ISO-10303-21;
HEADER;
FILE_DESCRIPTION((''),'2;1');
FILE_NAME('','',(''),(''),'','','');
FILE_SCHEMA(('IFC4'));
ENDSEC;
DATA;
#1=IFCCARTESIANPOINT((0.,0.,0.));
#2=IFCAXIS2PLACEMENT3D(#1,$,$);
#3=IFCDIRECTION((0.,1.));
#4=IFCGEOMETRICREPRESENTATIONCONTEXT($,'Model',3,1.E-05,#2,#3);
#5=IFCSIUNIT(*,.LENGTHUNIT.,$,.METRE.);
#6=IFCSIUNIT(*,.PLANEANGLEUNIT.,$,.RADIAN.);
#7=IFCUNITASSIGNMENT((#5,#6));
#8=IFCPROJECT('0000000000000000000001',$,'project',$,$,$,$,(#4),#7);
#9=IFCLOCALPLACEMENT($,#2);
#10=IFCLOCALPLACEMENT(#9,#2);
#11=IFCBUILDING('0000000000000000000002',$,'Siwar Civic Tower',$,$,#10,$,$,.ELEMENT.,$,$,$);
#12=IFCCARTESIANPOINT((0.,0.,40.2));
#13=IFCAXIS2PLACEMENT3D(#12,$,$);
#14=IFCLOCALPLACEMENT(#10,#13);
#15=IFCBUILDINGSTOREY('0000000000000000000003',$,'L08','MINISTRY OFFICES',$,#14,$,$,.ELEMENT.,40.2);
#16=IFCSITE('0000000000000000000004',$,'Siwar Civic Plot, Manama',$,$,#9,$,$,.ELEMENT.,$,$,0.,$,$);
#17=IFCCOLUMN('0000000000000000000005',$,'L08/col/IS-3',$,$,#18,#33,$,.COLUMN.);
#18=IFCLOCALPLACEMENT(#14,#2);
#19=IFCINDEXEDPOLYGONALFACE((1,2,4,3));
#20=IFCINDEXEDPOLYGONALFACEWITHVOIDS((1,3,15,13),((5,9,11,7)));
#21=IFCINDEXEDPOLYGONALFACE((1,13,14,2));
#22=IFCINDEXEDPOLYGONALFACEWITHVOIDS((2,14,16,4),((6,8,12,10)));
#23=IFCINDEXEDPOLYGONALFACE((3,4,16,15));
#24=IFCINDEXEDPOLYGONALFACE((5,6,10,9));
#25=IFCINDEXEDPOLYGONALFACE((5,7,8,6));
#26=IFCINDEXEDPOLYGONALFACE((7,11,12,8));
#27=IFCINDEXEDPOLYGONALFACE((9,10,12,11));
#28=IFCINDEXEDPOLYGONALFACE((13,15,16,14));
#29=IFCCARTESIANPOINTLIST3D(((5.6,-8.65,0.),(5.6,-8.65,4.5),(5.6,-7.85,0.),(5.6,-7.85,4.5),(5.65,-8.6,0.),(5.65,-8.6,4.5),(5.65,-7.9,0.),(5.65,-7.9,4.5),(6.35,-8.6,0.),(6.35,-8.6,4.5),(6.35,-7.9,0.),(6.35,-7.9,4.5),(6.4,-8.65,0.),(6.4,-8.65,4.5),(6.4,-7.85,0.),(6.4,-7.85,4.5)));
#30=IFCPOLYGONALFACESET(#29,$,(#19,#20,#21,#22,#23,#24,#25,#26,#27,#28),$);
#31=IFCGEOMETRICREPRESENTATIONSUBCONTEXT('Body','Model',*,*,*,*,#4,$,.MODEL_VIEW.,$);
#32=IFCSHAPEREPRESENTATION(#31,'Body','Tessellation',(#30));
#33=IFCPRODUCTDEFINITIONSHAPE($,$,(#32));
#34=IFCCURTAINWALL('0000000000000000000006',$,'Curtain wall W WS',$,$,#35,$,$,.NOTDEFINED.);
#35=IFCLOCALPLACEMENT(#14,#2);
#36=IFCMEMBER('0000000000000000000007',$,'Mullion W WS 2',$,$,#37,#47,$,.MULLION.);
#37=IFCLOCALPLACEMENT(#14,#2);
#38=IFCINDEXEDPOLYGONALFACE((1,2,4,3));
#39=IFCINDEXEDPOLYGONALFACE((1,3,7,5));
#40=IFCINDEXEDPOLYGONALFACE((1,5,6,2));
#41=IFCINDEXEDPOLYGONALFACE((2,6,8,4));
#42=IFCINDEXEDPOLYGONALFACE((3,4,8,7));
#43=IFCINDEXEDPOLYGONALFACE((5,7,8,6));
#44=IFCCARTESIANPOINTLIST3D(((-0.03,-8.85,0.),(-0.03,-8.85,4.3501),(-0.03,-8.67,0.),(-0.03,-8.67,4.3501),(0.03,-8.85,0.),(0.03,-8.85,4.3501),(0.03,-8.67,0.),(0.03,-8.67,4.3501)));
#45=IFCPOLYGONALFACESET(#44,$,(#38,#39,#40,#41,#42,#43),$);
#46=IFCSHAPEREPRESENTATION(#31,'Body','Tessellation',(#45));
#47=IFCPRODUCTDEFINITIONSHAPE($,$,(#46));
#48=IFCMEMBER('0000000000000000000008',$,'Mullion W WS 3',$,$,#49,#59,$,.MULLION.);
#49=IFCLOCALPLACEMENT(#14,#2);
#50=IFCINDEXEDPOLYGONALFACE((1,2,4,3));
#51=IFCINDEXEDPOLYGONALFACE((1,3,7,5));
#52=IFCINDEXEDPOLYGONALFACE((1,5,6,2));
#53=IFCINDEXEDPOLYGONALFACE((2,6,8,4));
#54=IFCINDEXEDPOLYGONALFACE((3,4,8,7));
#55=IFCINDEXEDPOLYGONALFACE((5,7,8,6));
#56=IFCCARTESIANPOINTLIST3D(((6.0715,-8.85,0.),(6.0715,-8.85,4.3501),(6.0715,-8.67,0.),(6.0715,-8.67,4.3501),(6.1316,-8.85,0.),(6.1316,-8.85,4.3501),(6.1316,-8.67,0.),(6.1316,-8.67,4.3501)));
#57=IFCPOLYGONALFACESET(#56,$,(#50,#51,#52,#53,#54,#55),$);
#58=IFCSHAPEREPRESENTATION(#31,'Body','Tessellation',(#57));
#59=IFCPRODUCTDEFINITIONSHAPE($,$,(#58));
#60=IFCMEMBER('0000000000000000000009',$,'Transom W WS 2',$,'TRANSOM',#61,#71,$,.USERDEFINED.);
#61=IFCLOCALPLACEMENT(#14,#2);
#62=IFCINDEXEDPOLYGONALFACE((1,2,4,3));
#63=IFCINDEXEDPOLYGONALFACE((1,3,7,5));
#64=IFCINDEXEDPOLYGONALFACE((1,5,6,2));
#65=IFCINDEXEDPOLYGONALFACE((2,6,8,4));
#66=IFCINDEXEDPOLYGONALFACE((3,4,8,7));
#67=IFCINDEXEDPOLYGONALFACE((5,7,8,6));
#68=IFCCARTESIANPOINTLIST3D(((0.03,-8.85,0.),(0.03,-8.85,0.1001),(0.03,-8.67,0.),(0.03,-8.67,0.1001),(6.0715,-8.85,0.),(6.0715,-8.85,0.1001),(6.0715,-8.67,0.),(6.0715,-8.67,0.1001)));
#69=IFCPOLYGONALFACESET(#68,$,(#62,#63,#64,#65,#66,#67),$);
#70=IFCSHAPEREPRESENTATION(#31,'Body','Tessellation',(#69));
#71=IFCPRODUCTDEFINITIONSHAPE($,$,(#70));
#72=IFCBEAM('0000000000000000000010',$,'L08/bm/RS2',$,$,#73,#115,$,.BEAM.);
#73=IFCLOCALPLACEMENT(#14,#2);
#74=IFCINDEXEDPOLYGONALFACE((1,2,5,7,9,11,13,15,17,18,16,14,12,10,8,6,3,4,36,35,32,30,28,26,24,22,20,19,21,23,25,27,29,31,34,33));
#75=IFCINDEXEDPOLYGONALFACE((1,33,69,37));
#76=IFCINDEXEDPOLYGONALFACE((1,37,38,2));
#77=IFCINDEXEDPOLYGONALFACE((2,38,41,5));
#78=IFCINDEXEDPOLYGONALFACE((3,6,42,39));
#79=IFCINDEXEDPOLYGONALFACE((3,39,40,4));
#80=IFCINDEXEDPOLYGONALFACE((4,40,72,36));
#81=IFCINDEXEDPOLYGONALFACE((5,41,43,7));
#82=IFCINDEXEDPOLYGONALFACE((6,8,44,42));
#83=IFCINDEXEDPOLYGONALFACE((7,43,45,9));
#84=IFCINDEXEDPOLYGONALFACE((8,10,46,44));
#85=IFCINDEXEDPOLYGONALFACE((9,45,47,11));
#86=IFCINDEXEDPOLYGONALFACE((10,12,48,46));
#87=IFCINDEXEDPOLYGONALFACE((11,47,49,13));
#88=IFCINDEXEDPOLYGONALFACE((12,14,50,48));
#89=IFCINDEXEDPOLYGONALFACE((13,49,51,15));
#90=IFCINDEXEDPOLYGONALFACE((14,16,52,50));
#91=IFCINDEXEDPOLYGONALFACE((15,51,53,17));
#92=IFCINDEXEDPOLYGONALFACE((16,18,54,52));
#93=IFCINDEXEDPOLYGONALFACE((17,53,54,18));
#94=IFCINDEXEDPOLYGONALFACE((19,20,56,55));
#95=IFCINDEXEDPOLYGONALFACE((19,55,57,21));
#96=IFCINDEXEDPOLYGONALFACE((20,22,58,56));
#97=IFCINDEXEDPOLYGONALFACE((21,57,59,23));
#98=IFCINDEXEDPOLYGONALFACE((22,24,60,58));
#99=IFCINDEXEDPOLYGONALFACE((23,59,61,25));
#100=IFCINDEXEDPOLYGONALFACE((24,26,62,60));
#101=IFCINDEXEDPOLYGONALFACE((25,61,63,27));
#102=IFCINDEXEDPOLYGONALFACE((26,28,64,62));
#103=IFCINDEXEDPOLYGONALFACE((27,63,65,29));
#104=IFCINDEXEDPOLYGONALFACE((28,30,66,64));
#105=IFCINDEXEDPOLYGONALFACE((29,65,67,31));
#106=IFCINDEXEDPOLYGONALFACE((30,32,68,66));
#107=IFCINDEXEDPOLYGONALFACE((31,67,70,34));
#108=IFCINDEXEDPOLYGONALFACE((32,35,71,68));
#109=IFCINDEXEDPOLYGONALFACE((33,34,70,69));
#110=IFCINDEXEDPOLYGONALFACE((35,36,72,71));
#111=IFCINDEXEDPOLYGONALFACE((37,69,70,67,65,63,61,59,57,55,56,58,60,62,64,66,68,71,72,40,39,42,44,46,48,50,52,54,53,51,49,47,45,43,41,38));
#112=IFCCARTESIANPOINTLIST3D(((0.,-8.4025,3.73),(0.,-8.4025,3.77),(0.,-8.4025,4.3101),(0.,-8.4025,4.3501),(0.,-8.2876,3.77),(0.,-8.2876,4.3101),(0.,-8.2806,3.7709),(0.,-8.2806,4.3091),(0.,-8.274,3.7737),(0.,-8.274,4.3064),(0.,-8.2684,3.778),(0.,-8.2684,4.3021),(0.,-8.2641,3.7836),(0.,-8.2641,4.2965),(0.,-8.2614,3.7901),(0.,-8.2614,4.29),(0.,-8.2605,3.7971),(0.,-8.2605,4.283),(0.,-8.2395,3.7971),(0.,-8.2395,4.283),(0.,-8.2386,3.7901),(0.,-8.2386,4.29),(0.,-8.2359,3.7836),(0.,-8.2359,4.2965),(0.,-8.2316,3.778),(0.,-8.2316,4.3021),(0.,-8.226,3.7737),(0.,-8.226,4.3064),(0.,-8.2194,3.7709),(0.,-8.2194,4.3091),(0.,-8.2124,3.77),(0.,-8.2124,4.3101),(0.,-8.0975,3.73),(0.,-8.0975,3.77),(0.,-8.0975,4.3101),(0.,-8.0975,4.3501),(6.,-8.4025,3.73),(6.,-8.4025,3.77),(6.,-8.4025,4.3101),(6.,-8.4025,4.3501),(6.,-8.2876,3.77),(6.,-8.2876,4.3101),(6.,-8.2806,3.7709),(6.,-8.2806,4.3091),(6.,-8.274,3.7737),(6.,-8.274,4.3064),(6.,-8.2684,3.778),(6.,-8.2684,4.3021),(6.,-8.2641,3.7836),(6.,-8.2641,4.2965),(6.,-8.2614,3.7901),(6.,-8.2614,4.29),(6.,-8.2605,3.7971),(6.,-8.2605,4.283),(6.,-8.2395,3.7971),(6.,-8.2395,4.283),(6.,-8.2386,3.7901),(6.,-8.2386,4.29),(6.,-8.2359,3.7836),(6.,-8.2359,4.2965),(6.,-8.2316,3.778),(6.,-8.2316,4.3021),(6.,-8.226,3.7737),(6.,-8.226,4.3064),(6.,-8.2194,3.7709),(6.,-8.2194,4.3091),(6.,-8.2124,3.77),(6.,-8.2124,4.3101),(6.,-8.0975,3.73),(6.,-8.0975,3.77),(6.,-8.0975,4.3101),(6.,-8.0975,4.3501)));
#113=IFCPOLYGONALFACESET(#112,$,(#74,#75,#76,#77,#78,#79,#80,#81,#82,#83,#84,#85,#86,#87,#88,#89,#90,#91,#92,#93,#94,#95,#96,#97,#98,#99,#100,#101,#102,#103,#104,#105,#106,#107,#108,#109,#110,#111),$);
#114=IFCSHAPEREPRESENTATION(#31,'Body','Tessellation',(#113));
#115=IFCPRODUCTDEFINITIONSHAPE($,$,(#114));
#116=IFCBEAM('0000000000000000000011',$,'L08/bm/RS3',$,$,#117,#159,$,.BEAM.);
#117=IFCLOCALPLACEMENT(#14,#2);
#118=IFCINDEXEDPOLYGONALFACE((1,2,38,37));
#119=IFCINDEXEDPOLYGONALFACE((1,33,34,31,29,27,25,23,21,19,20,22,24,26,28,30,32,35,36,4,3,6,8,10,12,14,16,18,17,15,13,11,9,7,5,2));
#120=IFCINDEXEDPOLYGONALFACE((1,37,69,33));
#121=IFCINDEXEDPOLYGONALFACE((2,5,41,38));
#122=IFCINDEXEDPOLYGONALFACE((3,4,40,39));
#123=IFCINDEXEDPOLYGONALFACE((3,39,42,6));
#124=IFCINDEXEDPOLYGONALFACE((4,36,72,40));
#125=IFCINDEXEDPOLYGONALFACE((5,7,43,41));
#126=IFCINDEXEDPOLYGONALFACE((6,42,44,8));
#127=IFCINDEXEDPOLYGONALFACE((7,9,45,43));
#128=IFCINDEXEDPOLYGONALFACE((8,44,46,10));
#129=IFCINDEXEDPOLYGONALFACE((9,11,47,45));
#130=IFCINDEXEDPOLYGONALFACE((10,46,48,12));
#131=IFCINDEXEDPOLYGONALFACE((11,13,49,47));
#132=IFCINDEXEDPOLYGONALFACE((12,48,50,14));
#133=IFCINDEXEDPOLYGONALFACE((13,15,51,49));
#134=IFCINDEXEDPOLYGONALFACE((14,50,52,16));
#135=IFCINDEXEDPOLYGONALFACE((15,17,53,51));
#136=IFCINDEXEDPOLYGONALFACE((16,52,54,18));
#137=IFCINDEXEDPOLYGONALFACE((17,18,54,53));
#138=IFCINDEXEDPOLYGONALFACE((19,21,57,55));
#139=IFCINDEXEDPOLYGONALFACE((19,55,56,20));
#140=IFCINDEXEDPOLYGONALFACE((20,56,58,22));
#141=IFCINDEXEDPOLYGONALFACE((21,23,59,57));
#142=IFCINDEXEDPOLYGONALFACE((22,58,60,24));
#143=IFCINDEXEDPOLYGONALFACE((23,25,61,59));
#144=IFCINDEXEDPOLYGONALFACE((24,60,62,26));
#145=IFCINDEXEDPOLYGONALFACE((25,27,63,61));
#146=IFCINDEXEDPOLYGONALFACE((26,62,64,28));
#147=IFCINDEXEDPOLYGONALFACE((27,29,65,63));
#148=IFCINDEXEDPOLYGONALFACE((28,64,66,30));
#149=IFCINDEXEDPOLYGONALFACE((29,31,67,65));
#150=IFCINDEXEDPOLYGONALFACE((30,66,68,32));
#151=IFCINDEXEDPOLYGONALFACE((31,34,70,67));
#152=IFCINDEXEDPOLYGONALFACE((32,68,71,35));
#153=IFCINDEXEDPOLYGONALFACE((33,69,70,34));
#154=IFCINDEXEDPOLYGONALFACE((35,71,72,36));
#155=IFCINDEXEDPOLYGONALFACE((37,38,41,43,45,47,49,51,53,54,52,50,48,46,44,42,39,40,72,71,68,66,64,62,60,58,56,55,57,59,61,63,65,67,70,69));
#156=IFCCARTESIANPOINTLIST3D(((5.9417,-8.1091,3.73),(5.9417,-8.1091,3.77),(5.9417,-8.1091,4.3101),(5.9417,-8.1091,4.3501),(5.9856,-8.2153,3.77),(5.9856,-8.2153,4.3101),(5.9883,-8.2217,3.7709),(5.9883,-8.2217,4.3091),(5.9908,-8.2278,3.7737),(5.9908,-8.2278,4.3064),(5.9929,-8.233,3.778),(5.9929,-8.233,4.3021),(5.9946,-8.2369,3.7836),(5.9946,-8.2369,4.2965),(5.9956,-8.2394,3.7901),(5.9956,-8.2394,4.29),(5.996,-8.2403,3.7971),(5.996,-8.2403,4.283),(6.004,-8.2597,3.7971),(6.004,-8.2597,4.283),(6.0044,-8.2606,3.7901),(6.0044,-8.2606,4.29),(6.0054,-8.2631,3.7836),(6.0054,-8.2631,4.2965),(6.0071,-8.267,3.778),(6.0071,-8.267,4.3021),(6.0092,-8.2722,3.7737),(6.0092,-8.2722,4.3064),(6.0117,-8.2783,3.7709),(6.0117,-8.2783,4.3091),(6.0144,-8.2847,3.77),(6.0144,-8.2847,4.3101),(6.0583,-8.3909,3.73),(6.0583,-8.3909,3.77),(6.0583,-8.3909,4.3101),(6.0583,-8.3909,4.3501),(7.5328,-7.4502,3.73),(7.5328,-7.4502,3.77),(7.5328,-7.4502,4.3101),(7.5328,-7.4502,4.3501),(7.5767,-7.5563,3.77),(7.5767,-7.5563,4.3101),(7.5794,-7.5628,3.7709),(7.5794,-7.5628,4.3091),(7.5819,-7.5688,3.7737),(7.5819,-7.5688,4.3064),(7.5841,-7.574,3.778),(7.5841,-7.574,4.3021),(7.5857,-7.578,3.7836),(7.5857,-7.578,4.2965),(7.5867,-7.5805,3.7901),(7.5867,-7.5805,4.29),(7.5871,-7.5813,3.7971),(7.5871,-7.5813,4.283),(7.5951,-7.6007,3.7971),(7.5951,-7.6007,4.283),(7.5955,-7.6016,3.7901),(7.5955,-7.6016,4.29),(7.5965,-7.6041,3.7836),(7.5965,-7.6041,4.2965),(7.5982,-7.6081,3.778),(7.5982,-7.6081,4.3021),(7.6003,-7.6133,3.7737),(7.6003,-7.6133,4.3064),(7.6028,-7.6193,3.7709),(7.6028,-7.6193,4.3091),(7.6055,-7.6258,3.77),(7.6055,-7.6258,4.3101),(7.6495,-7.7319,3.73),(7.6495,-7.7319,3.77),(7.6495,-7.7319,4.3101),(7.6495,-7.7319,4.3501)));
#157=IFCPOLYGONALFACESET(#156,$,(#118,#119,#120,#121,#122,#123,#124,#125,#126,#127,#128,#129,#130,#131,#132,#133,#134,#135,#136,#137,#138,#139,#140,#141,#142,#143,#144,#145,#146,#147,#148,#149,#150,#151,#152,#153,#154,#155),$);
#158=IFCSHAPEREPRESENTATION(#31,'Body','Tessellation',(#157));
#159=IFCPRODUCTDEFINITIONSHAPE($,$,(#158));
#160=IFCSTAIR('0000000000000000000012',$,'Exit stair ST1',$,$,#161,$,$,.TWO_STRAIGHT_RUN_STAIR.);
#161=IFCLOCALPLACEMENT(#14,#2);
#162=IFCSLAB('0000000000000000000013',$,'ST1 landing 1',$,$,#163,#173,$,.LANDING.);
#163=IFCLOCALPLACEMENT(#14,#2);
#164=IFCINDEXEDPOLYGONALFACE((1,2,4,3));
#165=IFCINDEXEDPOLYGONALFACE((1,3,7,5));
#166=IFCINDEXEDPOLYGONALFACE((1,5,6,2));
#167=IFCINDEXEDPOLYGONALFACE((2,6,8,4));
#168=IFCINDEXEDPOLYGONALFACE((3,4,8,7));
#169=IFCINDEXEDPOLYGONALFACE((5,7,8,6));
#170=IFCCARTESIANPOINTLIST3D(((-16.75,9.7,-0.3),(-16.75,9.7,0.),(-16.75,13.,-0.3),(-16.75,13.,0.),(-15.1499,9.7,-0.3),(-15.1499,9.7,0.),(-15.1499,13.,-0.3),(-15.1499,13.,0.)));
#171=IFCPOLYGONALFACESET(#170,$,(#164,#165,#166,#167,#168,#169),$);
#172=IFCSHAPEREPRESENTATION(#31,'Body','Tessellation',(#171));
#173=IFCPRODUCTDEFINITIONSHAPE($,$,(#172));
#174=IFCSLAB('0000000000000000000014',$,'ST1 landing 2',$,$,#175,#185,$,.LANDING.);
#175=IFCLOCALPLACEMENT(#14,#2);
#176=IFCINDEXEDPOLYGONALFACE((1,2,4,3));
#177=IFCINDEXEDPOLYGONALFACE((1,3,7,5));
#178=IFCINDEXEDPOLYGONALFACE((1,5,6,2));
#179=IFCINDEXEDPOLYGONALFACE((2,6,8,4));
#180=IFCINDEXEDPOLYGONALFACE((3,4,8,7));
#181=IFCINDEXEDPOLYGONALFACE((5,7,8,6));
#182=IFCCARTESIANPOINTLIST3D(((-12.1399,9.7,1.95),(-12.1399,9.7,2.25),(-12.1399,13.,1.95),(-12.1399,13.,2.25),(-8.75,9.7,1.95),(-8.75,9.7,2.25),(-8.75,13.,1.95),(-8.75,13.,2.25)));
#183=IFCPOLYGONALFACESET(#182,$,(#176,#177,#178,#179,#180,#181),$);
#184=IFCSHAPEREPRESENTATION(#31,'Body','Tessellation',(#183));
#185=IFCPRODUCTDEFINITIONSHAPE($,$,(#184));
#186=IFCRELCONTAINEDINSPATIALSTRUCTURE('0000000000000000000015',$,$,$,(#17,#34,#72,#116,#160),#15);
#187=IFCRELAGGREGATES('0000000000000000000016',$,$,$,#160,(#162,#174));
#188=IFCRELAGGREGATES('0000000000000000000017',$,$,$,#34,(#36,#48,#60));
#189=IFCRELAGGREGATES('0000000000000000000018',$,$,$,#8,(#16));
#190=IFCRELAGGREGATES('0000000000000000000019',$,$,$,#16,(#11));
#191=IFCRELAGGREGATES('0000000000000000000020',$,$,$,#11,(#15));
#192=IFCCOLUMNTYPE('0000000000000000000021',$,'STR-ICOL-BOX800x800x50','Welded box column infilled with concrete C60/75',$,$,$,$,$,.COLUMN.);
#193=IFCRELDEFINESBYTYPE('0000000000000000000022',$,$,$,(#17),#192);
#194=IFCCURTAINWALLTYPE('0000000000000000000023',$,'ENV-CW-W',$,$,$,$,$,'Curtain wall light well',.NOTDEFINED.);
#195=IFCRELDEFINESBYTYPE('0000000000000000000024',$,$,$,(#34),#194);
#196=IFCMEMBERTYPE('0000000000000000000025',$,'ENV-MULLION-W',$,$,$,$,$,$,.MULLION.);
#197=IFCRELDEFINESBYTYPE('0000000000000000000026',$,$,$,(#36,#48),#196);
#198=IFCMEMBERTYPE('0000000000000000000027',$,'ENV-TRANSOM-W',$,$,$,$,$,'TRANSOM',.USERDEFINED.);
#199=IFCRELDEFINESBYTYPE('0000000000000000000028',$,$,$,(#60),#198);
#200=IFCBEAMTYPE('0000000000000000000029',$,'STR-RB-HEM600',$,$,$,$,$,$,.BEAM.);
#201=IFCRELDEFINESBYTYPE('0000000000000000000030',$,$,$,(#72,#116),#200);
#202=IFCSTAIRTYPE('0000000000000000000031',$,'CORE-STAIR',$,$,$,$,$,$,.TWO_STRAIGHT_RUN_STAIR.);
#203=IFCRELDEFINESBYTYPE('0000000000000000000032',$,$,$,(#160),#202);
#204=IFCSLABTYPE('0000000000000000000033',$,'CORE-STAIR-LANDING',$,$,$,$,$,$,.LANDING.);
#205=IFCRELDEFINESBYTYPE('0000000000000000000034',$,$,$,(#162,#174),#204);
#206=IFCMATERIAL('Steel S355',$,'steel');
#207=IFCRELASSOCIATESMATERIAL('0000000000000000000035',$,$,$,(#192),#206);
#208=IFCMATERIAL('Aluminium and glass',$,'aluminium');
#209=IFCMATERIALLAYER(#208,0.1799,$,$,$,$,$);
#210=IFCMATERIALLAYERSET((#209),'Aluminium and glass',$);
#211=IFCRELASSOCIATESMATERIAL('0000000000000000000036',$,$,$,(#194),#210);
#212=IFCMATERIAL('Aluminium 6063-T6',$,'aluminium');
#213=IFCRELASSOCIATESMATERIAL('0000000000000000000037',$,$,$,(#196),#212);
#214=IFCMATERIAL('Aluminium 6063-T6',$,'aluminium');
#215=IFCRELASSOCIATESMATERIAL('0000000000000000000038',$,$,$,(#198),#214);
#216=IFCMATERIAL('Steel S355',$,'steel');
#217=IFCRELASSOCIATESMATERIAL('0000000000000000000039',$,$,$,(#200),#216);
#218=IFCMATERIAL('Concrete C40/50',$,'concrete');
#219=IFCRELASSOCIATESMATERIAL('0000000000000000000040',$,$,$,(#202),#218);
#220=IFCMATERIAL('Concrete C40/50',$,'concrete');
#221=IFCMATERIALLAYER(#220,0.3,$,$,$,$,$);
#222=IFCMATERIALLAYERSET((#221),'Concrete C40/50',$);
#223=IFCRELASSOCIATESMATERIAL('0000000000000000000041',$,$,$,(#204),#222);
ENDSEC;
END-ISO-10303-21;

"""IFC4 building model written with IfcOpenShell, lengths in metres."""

from ifc_helpers import new_model, si_unit, direction, frame, origin, origin_2d, place, context, subcontext, project, spatial, polyline, rectangle, hollow_rectangle, i_section, outline, extrude, material, layer, layer_set, material_profile, profile_set, type_object, element, aggregate, save


model = new_model("IFC4")

# Units and contexts
model_context = context("Model", 3, precision=1e-05, world=origin(), true_north=direction((0.0, 1.0)))
body_context = subcontext(model_context, "Body", "Model", "MODEL_VIEW")
ifc_project = project(units=[si_unit("LENGTHUNIT", "METRE"), si_unit("PLANEANGLEUNIT", "RADIAN")], contexts=[model_context])

# Site, building, storey
site_placement = place(None, origin())
site = spatial("IfcSite", under=ifc_project, at=site_placement, Name="Siwar Civic Plot, Manama", CompositionType="ELEMENT", RefElevation=0.0)
building_placement = place(site_placement, origin())
building = spatial("IfcBuilding", under=site, at=building_placement, Name="Siwar Civic Tower", CompositionType="ELEMENT")
storey_placement = place(building_placement, frame((0.0, 0.0, 40.2)))
storey = spatial("IfcBuildingStorey", under=building, at=storey_placement, Name="L08", Description="MINISTRY OFFICES", CompositionType="ELEMENT", Elevation=40.2)

# Column
ifc_material_1 = material(Name="Steel S355", Category="steel")
ifc_material_profile_1 = material_profile(ifc_material_1, hollow_rectangle(XDim=0.8, YDim=0.8, WallThickness=0.05, at=origin_2d()), Name="BOX800x800x50")
ifc_profile_set_1 = profile_set([ifc_material_profile_1], Name="Steel S355")
column_type = type_object("IfcColumnType", Name="STR-ICOL-BOX800x800x50", Description="Welded box column infilled with concrete C60/75", PredefinedType="COLUMN", material=ifc_profile_set_1)
column_placement = place(storey_placement, frame((6.0, -8.25, 0.0), z_axis=(0.0, 0.0, 1.0), x_axis=(1.0, 0.0, 0.0)))
element("IfcColumn", 1, at=column_placement, inside=storey, type_object=column_type, Name="L08/col/IS-3", PredefinedType="COLUMN", context=body_context, shape_type="SweptSolid", body=[
    extrude(hollow_rectangle(XDim=0.8, YDim=0.8, WallThickness=0.05, at=origin_2d()), origin(), (0.0, 0.0, 1.0), 4.5),
])

# Curtain wall, members
ifc_material_2 = material(Name="Aluminium and glass", Category="aluminium")
ifc_layer_1 = layer(ifc_material_2, 0.1799)
ifc_layer_set_1 = layer_set([ifc_layer_1], Name="Aluminium and glass")
curtain_wall_type = type_object("IfcCurtainWallType", Name="ENV-CW-W", ElementType="Curtain wall light well", PredefinedType="NOTDEFINED", material=ifc_layer_set_1)
curtain_wall_placement = place(storey_placement, origin())
curtain_wall = element("IfcCurtainWall", 2, at=curtain_wall_placement, inside=storey, type_object=curtain_wall_type, Name="Curtain wall W WS", PredefinedType="NOTDEFINED")
ifc_material_3 = material(Name="Aluminium 6063-T6", Category="aluminium")
ifc_material_profile_2 = material_profile(ifc_material_3, rectangle(XDim=0.1799, YDim=0.0601, at=origin_2d()), Name="AL 180x60")
ifc_profile_set_2 = profile_set([ifc_material_profile_2], Name="Aluminium 6063-T6")
member_type_1 = type_object("IfcMemberType", Name="ENV-MULLION-W", PredefinedType="MULLION", material=ifc_profile_set_2)
member_1_placement = place(storey_placement, frame((0.0, -8.76, 0.0), z_axis=(0.0, 0.0, 1.0), x_axis=(0.0, 1.0, 0.0)))
member_1 = element("IfcMember", 3, at=member_1_placement, type_object=member_type_1, Name="Mullion W WS 2", PredefinedType="MULLION", context=body_context, shape_type="SweptSolid", body=[
    extrude(rectangle(XDim=0.1799, YDim=0.0601, at=origin_2d()), origin(), (0.0, 0.0, 1.0), 4.3501),
])
member_2_placement = place(storey_placement, frame((6.1016, -8.76, 0.0), z_axis=(0.0, 0.0, 1.0), x_axis=(0.0, 1.0, 0.0)))
member_2 = element("IfcMember", 4, at=member_2_placement, type_object=member_type_1, Name="Mullion W WS 3", PredefinedType="MULLION", context=body_context, shape_type="SweptSolid", body=[
    extrude(rectangle(XDim=0.1799, YDim=0.0601, at=origin_2d()), origin(), (0.0, 0.0, 1.0), 4.3501),
])
ifc_material_4 = material(Name="Aluminium 6063-T6", Category="aluminium")
ifc_material_profile_3 = material_profile(ifc_material_4, rectangle(XDim=0.1799, YDim=0.1001, at=origin_2d()), Name="AL 180x100")
ifc_profile_set_3 = profile_set([ifc_material_profile_3], Name="Aluminium 6063-T6")
member_type_2 = type_object("IfcMemberType", Name="ENV-TRANSOM-W", ElementType="TRANSOM", PredefinedType="USERDEFINED", material=ifc_profile_set_3)
member_3_placement = place(storey_placement, frame((0.03, -8.76, 0.05), z_axis=(1.0, 0.0, 0.0), x_axis=(0.0, 1.0, 0.0)))
member_3 = element("IfcMember", 5, at=member_3_placement, type_object=member_type_2, Name="Transom W WS 2", ObjectType="TRANSOM", PredefinedType="USERDEFINED", context=body_context, shape_type="SweptSolid", body=[
    extrude(rectangle(XDim=0.1799, YDim=0.1001, at=origin_2d()), origin(), (0.0, 0.0, 1.0), 6.0415),
])

# Beams
ifc_material_5 = material(Name="Steel S355", Category="steel")
ifc_material_profile_4 = material_profile(ifc_material_5, i_section(OverallWidth=0.3049, OverallDepth=0.6201, WebThickness=0.021, FlangeThickness=0.04, FilletRadius=0.0271, at=origin_2d()), Name="HEM600")
ifc_profile_set_4 = profile_set([ifc_material_profile_4], Name="Steel S355")
beam_type = type_object("IfcBeamType", Name="STR-RB-HEM600", PredefinedType="BEAM", material=ifc_profile_set_4)
beam_1_placement = place(storey_placement, frame((0.0, -8.25, 4.04), z_axis=(1.0, 0.0, 0.0), x_axis=(0.0, 1.0, 0.0)))
element("IfcBeam", 6, at=beam_1_placement, inside=storey, type_object=beam_type, Name="L08/bm/RS2", PredefinedType="BEAM", context=body_context, shape_type="SweptSolid", body=[
    extrude(i_section(OverallWidth=0.3049, OverallDepth=0.6201, WebThickness=0.021, FlangeThickness=0.04, FilletRadius=0.0271, at=origin_2d()), origin(), (0.0, 0.0, 1.0), 6.0),
])
beam_2_placement = place(storey_placement, frame((6.0, -8.25, 4.04), z_axis=(0.923901, 0.382631, 0.0), x_axis=(-0.382631, 0.923901, 0.0)))
element("IfcBeam", 7, at=beam_2_placement, inside=storey, type_object=beam_type, Name="L08/bm/RS3", PredefinedType="BEAM", context=body_context, shape_type="SweptSolid", body=[
    extrude(i_section(OverallWidth=0.3049, OverallDepth=0.6201, WebThickness=0.021, FlangeThickness=0.04, FilletRadius=0.0271, at=origin_2d()), origin(), (0.0, 0.0, 1.0), 1.7222),
])

# Stair, slabs
ifc_material_6 = material(Name="Concrete C40/50", Category="concrete")
stair_type = type_object("IfcStairType", Name="CORE-STAIR", PredefinedType="TWO_STRAIGHT_RUN_STAIR", material=ifc_material_6)
stair_1_placement = place(storey_placement, origin())
stair_1 = element("IfcStair", 8, at=stair_1_placement, inside=storey, type_object=stair_type, Name="Exit stair ST1", PredefinedType="TWO_STRAIGHT_RUN_STAIR")
ifc_material_7 = material(Name="Concrete C40/50", Category="concrete")
ifc_layer_2 = layer(ifc_material_7, 0.3)
ifc_layer_set_2 = layer_set([ifc_layer_2], Name="Concrete C40/50")
slab_type = type_object("IfcSlabType", Name="CORE-STAIR-LANDING", PredefinedType="LANDING", material=ifc_layer_set_2)
slab_1_placement = place(storey_placement, frame((0.0, 0.0, -0.3)))
slab_1 = element("IfcSlab", 9, at=slab_1_placement, type_object=slab_type, Name="ST1 landing 1", PredefinedType="LANDING", context=body_context, shape_type="SweptSolid", body=[
    extrude(outline(polyline([(-15.1499, 13.0), (-16.75, 13.0), (-16.75, 9.7), (-15.1499, 9.7), (-15.1499, 13.0)])), origin(), (0.0, 0.0, 1.0), 0.3),
])
slab_2_placement = place(storey_placement, frame((0.0, 0.0, 1.95)))
slab_2 = element("IfcSlab", 10, at=slab_2_placement, type_object=slab_type, Name="ST1 landing 2", PredefinedType="LANDING", context=body_context, shape_type="SweptSolid", body=[
    extrude(outline(polyline([(-8.75, 13.0), (-12.1399, 13.0), (-12.1399, 9.7), (-8.75, 9.7), (-8.75, 13.0)])), origin(), (0.0, 0.0, 1.0), 0.3),
])
aggregate(stair_1, [slab_1, slab_2])

aggregate(curtain_wall, [member_1, member_2, member_3])

save(model, "model.ifc")
